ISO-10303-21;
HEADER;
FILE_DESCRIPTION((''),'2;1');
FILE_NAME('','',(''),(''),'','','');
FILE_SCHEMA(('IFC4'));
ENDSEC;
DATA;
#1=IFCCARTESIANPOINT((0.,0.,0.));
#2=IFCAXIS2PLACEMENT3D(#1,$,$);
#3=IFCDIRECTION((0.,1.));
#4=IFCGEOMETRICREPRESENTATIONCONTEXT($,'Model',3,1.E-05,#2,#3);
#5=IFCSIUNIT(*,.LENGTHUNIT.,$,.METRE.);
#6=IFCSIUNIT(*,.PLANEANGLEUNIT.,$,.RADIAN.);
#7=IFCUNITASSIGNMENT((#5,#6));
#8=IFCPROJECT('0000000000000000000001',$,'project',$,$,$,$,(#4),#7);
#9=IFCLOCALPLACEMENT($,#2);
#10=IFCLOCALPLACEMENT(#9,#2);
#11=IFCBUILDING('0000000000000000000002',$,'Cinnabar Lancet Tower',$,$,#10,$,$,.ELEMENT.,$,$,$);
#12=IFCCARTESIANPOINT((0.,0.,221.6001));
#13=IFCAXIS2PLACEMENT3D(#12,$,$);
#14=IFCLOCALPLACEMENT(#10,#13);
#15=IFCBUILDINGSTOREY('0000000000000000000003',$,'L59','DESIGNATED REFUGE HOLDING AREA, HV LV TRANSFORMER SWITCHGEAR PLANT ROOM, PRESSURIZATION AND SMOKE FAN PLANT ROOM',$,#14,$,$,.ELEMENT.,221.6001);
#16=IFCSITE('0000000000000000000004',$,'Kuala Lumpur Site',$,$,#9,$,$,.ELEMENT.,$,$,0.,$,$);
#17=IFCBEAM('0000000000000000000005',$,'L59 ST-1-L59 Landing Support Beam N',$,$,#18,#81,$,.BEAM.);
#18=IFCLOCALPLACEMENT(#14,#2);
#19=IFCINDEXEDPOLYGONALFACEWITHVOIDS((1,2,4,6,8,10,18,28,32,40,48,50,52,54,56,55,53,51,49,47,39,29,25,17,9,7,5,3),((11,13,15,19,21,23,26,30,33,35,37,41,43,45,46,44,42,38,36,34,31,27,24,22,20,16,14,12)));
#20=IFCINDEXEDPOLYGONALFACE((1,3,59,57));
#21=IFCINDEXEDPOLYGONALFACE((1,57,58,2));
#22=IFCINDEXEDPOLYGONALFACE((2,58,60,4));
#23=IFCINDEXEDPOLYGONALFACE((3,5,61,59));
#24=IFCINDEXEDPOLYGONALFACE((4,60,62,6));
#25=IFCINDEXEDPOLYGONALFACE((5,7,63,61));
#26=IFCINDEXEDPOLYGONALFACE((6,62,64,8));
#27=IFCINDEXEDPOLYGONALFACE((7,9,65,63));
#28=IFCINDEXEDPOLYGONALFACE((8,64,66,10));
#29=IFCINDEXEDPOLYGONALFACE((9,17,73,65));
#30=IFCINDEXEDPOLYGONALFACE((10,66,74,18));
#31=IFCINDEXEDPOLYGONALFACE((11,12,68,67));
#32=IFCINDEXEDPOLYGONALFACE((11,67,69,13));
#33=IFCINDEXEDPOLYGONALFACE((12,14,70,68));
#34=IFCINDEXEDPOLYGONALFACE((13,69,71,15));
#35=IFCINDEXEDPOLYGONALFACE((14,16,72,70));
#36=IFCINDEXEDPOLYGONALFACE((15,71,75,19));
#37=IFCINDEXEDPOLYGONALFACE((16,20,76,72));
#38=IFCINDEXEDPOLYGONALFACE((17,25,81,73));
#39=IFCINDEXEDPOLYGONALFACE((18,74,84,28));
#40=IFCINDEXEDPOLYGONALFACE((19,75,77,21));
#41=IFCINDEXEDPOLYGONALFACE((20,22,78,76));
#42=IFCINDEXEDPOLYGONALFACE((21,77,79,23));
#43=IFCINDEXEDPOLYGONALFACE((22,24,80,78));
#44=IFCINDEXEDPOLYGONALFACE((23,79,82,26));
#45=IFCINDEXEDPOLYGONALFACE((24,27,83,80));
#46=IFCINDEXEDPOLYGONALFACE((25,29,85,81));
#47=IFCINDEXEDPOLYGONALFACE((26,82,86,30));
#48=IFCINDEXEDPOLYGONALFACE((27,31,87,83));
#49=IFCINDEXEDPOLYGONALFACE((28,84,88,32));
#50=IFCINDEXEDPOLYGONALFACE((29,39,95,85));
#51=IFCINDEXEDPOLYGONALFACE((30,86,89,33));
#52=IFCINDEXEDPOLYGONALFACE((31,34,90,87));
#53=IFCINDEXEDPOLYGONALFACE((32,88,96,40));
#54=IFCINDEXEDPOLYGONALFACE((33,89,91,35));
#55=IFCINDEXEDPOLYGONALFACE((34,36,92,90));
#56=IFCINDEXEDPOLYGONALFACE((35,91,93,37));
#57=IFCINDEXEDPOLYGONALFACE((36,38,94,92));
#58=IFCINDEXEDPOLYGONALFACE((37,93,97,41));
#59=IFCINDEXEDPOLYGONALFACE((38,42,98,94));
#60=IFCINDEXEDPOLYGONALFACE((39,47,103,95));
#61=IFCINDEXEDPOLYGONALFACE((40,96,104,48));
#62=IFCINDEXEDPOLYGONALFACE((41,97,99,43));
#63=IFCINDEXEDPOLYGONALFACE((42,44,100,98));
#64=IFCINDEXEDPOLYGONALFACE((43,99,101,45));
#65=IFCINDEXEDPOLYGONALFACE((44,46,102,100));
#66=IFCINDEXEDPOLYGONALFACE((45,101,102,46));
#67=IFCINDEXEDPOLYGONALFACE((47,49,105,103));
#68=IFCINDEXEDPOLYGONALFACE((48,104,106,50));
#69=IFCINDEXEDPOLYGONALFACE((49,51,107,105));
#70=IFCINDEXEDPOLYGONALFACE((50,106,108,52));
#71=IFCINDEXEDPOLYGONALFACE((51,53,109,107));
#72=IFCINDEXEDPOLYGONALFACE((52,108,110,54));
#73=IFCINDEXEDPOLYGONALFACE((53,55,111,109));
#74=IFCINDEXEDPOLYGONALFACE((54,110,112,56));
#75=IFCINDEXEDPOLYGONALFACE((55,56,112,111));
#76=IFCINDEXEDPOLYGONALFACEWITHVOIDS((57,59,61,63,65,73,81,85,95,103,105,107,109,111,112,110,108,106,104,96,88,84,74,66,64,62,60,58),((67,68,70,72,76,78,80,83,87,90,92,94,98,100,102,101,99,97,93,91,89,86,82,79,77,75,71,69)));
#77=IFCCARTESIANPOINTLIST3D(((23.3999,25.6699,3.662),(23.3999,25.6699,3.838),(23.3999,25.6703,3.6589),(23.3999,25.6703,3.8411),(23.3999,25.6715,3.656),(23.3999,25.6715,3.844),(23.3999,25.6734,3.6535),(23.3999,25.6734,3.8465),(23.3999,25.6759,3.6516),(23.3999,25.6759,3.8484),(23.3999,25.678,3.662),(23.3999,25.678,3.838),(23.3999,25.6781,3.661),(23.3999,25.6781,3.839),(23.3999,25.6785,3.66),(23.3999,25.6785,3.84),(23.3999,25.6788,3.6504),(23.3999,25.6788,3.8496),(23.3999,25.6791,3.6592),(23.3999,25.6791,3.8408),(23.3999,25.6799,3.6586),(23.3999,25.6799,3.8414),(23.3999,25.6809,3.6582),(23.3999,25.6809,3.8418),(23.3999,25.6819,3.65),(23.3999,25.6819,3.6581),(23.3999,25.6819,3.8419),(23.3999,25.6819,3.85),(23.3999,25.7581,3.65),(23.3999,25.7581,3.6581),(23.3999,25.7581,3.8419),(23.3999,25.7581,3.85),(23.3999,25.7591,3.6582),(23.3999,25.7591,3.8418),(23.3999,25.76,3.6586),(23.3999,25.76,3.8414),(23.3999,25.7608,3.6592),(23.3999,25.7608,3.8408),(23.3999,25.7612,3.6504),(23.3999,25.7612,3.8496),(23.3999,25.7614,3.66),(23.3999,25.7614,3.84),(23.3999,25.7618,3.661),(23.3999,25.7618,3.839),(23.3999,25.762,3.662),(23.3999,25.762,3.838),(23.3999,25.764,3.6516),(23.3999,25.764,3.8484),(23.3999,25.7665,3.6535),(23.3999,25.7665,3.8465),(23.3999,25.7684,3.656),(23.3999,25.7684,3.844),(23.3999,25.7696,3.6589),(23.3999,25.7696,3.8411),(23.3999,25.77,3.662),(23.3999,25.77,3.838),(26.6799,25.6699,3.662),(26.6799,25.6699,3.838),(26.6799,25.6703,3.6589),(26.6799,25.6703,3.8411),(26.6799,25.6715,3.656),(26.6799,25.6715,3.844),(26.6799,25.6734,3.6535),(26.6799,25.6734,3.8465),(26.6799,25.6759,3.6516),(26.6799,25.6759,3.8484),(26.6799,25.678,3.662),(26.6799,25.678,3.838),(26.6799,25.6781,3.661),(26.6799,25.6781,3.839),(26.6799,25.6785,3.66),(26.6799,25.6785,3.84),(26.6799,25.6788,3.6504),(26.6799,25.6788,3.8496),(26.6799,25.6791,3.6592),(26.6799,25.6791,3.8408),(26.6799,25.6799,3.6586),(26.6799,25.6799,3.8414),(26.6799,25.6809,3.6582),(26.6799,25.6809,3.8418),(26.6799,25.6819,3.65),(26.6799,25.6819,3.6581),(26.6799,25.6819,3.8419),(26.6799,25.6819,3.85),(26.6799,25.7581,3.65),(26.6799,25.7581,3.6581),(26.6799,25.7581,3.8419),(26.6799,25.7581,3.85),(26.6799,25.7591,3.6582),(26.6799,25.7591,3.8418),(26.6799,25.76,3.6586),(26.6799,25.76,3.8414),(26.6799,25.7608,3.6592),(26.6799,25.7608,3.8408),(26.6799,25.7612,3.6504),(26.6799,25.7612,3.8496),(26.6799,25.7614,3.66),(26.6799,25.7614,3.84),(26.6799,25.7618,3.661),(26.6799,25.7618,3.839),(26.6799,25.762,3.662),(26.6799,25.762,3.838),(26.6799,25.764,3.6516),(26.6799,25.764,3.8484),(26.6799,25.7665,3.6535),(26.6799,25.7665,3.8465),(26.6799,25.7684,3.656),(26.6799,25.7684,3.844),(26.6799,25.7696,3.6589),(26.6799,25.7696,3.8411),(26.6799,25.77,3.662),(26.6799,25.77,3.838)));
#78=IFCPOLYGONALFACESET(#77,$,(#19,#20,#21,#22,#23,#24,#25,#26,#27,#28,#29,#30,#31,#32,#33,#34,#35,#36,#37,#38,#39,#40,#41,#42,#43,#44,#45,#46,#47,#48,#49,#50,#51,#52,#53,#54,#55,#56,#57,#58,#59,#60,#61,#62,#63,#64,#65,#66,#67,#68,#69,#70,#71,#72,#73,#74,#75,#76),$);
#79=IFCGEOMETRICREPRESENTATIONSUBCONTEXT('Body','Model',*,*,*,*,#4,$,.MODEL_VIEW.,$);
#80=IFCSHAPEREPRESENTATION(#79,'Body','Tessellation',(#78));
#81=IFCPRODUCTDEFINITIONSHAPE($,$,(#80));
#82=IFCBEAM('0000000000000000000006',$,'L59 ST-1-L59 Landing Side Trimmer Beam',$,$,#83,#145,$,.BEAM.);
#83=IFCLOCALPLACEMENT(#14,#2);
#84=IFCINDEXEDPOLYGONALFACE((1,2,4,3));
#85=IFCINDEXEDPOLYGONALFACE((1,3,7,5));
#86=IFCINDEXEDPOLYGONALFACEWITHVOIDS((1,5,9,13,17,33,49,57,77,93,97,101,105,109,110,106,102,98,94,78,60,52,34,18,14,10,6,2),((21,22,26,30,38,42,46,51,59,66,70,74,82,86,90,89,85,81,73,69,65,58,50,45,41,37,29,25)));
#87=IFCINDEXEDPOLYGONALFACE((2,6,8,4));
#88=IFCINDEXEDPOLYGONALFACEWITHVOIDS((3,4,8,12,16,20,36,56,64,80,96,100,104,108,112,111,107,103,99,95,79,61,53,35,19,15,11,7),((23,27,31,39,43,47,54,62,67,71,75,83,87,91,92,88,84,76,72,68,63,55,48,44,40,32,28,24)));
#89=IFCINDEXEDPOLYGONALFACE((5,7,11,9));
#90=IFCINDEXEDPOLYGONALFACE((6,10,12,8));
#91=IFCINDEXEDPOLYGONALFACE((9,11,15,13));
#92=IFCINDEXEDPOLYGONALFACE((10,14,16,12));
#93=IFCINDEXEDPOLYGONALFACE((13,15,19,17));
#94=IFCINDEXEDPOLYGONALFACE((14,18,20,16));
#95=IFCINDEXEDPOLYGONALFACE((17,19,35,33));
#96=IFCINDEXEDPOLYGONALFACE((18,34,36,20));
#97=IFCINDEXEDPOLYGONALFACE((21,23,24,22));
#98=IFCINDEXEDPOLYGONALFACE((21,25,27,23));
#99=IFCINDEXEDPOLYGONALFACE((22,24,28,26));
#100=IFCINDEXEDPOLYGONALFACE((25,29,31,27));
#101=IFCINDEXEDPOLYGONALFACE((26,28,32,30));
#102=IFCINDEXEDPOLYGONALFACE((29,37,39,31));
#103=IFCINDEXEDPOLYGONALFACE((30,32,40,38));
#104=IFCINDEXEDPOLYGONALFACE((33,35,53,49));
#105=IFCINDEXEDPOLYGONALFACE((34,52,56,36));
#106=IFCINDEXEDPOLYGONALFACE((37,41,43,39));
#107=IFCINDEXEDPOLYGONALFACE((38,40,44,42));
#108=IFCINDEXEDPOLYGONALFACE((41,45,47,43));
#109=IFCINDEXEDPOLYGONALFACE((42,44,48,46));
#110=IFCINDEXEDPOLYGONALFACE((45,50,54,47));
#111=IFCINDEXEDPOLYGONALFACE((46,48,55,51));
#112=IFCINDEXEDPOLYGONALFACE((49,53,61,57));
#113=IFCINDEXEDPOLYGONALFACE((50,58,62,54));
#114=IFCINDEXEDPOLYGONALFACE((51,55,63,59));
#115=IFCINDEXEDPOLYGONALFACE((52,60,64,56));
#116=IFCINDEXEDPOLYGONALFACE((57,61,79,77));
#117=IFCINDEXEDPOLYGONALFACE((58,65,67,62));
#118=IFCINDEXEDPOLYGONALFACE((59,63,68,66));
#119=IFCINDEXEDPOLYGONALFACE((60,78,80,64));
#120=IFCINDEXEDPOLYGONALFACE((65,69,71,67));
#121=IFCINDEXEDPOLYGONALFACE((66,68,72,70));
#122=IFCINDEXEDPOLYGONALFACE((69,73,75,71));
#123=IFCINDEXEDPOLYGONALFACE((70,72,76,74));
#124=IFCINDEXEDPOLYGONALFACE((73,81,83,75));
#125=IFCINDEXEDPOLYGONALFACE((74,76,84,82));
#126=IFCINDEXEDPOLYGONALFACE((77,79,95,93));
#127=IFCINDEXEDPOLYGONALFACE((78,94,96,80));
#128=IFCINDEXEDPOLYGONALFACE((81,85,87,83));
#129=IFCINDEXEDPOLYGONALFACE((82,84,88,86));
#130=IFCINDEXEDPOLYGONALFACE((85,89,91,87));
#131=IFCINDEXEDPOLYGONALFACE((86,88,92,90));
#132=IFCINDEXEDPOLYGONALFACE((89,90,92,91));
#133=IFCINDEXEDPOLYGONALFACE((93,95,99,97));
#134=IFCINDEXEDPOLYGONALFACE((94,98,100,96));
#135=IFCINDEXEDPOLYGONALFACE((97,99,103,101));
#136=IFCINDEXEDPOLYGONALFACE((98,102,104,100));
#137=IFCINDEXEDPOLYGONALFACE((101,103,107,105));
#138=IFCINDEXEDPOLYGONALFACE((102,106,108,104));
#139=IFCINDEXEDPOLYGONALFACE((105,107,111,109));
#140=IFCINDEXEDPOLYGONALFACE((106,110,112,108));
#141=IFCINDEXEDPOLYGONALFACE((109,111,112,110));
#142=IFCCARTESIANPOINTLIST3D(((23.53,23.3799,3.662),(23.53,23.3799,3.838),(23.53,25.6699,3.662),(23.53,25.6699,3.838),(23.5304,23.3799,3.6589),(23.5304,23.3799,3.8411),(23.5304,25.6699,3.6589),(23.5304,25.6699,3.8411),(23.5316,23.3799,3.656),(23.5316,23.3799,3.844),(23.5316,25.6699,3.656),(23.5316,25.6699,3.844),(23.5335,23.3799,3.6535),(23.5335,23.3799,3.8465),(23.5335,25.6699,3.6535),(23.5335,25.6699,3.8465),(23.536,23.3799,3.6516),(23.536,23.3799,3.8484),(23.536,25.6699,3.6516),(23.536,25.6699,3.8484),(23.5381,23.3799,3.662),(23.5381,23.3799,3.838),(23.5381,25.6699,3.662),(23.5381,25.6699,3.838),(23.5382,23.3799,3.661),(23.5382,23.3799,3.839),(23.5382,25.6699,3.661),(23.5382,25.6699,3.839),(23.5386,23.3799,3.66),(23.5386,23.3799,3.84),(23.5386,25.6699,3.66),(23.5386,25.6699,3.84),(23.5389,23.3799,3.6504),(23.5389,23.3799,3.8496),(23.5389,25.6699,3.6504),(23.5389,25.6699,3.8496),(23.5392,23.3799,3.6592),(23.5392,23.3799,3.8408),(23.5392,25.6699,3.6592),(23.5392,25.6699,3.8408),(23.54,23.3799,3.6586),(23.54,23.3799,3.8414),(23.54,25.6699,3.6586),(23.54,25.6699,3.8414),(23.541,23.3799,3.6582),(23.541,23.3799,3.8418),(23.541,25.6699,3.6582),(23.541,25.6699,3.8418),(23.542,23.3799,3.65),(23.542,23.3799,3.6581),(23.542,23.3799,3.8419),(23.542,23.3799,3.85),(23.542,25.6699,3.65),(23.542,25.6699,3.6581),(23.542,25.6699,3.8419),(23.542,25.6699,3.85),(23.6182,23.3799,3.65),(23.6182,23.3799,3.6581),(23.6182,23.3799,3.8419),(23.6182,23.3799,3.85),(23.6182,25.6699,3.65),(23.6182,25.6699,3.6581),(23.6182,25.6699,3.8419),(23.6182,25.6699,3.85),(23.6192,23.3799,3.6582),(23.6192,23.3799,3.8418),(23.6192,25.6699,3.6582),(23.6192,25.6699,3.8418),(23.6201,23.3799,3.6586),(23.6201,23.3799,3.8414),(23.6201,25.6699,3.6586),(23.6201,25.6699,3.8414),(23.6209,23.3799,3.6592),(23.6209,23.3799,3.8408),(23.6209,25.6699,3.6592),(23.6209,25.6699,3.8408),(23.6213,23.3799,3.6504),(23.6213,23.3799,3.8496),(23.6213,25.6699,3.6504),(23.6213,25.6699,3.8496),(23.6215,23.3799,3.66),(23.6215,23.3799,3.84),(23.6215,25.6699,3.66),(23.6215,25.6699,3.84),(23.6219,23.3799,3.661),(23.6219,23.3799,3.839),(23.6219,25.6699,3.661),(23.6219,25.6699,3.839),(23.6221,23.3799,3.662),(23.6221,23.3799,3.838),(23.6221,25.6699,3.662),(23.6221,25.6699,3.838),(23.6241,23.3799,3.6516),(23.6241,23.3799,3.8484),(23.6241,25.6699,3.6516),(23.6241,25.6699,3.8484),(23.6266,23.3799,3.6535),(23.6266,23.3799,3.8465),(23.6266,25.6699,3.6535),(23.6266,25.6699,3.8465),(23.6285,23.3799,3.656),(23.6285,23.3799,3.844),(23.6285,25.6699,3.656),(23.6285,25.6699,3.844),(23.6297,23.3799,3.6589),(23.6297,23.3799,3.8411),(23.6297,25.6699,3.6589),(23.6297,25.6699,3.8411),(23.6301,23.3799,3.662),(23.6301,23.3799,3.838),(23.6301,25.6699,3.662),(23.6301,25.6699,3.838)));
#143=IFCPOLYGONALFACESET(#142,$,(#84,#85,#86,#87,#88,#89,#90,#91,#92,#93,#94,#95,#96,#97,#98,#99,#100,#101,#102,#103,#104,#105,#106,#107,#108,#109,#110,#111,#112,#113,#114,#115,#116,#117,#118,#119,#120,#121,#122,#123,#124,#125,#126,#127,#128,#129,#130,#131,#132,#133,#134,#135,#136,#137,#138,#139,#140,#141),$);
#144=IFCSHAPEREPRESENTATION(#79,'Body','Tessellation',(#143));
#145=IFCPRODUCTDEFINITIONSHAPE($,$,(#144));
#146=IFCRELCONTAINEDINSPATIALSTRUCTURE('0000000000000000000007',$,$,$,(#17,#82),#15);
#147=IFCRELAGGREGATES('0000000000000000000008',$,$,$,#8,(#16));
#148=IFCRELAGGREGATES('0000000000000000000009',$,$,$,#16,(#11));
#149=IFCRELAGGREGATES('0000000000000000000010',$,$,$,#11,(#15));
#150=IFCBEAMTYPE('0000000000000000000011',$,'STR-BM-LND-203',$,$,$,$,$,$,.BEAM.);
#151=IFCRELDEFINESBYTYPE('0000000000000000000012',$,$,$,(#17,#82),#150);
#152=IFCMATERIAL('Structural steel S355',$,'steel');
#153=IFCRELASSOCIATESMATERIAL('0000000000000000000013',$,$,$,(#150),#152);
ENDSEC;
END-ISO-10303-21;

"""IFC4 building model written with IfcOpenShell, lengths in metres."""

from ifc_helpers import new_model, si_unit, direction, frame, origin, origin_2d, place, context, subcontext, project, spatial, hollow_rectangle, extrude, material, material_profile, profile_set, type_object, element, save


model = new_model("IFC4")

# Units and contexts
model_context = context("Model", 3, precision=1e-05, world=origin(), true_north=direction((0.0, 1.0)))
body_context = subcontext(model_context, "Body", "Model", "MODEL_VIEW")
ifc_project = project(units=[si_unit("LENGTHUNIT", "METRE"), si_unit("PLANEANGLEUNIT", "RADIAN")], contexts=[model_context])

# Site, building, storey
site_placement = place(None, origin())
site = spatial("IfcSite", under=ifc_project, at=site_placement, Name="Kuala Lumpur Site", CompositionType="ELEMENT", RefElevation=0.0)
building_placement = place(site_placement, origin())
building = spatial("IfcBuilding", under=site, at=building_placement, Name="Cinnabar Lancet Tower", CompositionType="ELEMENT")
storey_placement = place(building_placement, frame((0.0, 0.0, 221.6001)))
storey = spatial("IfcBuildingStorey", under=building, at=storey_placement, Name="L59", Description="DESIGNATED REFUGE HOLDING AREA, HV LV TRANSFORMER SWITCHGEAR PLANT ROOM, PRESSURIZATION AND SMOKE FAN PLANT ROOM", CompositionType="ELEMENT", Elevation=221.6001)

# Beams
ifc_material_1 = material(Name="Structural steel S355", Category="steel")
ifc_material_profile_1 = material_profile(ifc_material_1, hollow_rectangle(XDim=0.1001, YDim=0.2, WallThickness=0.0081, InnerFilletRadius=0.0039, OuterFilletRadius=0.012, at=origin_2d()), Name="RHS 200x100x8")
ifc_profile_set_1 = profile_set([ifc_material_profile_1], Name="Structural steel S355")
beam_type_1 = type_object("IfcBeamType", Name="STR-BM-LND-203", PredefinedType="BEAM", material=ifc_profile_set_1)
for number, where, z_axis, x_axis, name in (
    (1, (23.3999, 25.72, 3.75), (1.0, 0.0, 0.0), (0.0, 1.0, 0.0), "L59 ST-1-L59 Landing Support Beam N"),
):
    element("IfcBeam", number, at=place(storey_placement, frame(where, z_axis=z_axis, x_axis=x_axis)), inside=storey, type_object=beam_type_1, Name=name, PredefinedType="BEAM", context=body_context, shape_type="SweptSolid", body=[
        extrude(hollow_rectangle(XDim=0.1001, YDim=0.2, WallThickness=0.0081, InnerFilletRadius=0.0039, OuterFilletRadius=0.012, at=origin_2d()), origin(), (0.0, 0.0, 1.0), 3.28),
    ])
beam_1_placement = place(storey_placement, frame((23.5801, 23.3799, 3.75), z_axis=(0.0, 1.0, 0.0), x_axis=(-1.0, 0.0, 0.0)))
element("IfcBeam", 2, at=beam_1_placement, inside=storey, type_object=beam_type_1, Name="L59 ST-1-L59 Landing Side Trimmer Beam", PredefinedType="BEAM", context=body_context, shape_type="SweptSolid", body=[
    extrude(hollow_rectangle(XDim=0.1001, YDim=0.2, WallThickness=0.0081, InnerFilletRadius=0.0039, OuterFilletRadius=0.012, at=origin_2d()), origin(), (0.0, 0.0, 1.0), 2.29),
])

save(model, "model.ifc")
